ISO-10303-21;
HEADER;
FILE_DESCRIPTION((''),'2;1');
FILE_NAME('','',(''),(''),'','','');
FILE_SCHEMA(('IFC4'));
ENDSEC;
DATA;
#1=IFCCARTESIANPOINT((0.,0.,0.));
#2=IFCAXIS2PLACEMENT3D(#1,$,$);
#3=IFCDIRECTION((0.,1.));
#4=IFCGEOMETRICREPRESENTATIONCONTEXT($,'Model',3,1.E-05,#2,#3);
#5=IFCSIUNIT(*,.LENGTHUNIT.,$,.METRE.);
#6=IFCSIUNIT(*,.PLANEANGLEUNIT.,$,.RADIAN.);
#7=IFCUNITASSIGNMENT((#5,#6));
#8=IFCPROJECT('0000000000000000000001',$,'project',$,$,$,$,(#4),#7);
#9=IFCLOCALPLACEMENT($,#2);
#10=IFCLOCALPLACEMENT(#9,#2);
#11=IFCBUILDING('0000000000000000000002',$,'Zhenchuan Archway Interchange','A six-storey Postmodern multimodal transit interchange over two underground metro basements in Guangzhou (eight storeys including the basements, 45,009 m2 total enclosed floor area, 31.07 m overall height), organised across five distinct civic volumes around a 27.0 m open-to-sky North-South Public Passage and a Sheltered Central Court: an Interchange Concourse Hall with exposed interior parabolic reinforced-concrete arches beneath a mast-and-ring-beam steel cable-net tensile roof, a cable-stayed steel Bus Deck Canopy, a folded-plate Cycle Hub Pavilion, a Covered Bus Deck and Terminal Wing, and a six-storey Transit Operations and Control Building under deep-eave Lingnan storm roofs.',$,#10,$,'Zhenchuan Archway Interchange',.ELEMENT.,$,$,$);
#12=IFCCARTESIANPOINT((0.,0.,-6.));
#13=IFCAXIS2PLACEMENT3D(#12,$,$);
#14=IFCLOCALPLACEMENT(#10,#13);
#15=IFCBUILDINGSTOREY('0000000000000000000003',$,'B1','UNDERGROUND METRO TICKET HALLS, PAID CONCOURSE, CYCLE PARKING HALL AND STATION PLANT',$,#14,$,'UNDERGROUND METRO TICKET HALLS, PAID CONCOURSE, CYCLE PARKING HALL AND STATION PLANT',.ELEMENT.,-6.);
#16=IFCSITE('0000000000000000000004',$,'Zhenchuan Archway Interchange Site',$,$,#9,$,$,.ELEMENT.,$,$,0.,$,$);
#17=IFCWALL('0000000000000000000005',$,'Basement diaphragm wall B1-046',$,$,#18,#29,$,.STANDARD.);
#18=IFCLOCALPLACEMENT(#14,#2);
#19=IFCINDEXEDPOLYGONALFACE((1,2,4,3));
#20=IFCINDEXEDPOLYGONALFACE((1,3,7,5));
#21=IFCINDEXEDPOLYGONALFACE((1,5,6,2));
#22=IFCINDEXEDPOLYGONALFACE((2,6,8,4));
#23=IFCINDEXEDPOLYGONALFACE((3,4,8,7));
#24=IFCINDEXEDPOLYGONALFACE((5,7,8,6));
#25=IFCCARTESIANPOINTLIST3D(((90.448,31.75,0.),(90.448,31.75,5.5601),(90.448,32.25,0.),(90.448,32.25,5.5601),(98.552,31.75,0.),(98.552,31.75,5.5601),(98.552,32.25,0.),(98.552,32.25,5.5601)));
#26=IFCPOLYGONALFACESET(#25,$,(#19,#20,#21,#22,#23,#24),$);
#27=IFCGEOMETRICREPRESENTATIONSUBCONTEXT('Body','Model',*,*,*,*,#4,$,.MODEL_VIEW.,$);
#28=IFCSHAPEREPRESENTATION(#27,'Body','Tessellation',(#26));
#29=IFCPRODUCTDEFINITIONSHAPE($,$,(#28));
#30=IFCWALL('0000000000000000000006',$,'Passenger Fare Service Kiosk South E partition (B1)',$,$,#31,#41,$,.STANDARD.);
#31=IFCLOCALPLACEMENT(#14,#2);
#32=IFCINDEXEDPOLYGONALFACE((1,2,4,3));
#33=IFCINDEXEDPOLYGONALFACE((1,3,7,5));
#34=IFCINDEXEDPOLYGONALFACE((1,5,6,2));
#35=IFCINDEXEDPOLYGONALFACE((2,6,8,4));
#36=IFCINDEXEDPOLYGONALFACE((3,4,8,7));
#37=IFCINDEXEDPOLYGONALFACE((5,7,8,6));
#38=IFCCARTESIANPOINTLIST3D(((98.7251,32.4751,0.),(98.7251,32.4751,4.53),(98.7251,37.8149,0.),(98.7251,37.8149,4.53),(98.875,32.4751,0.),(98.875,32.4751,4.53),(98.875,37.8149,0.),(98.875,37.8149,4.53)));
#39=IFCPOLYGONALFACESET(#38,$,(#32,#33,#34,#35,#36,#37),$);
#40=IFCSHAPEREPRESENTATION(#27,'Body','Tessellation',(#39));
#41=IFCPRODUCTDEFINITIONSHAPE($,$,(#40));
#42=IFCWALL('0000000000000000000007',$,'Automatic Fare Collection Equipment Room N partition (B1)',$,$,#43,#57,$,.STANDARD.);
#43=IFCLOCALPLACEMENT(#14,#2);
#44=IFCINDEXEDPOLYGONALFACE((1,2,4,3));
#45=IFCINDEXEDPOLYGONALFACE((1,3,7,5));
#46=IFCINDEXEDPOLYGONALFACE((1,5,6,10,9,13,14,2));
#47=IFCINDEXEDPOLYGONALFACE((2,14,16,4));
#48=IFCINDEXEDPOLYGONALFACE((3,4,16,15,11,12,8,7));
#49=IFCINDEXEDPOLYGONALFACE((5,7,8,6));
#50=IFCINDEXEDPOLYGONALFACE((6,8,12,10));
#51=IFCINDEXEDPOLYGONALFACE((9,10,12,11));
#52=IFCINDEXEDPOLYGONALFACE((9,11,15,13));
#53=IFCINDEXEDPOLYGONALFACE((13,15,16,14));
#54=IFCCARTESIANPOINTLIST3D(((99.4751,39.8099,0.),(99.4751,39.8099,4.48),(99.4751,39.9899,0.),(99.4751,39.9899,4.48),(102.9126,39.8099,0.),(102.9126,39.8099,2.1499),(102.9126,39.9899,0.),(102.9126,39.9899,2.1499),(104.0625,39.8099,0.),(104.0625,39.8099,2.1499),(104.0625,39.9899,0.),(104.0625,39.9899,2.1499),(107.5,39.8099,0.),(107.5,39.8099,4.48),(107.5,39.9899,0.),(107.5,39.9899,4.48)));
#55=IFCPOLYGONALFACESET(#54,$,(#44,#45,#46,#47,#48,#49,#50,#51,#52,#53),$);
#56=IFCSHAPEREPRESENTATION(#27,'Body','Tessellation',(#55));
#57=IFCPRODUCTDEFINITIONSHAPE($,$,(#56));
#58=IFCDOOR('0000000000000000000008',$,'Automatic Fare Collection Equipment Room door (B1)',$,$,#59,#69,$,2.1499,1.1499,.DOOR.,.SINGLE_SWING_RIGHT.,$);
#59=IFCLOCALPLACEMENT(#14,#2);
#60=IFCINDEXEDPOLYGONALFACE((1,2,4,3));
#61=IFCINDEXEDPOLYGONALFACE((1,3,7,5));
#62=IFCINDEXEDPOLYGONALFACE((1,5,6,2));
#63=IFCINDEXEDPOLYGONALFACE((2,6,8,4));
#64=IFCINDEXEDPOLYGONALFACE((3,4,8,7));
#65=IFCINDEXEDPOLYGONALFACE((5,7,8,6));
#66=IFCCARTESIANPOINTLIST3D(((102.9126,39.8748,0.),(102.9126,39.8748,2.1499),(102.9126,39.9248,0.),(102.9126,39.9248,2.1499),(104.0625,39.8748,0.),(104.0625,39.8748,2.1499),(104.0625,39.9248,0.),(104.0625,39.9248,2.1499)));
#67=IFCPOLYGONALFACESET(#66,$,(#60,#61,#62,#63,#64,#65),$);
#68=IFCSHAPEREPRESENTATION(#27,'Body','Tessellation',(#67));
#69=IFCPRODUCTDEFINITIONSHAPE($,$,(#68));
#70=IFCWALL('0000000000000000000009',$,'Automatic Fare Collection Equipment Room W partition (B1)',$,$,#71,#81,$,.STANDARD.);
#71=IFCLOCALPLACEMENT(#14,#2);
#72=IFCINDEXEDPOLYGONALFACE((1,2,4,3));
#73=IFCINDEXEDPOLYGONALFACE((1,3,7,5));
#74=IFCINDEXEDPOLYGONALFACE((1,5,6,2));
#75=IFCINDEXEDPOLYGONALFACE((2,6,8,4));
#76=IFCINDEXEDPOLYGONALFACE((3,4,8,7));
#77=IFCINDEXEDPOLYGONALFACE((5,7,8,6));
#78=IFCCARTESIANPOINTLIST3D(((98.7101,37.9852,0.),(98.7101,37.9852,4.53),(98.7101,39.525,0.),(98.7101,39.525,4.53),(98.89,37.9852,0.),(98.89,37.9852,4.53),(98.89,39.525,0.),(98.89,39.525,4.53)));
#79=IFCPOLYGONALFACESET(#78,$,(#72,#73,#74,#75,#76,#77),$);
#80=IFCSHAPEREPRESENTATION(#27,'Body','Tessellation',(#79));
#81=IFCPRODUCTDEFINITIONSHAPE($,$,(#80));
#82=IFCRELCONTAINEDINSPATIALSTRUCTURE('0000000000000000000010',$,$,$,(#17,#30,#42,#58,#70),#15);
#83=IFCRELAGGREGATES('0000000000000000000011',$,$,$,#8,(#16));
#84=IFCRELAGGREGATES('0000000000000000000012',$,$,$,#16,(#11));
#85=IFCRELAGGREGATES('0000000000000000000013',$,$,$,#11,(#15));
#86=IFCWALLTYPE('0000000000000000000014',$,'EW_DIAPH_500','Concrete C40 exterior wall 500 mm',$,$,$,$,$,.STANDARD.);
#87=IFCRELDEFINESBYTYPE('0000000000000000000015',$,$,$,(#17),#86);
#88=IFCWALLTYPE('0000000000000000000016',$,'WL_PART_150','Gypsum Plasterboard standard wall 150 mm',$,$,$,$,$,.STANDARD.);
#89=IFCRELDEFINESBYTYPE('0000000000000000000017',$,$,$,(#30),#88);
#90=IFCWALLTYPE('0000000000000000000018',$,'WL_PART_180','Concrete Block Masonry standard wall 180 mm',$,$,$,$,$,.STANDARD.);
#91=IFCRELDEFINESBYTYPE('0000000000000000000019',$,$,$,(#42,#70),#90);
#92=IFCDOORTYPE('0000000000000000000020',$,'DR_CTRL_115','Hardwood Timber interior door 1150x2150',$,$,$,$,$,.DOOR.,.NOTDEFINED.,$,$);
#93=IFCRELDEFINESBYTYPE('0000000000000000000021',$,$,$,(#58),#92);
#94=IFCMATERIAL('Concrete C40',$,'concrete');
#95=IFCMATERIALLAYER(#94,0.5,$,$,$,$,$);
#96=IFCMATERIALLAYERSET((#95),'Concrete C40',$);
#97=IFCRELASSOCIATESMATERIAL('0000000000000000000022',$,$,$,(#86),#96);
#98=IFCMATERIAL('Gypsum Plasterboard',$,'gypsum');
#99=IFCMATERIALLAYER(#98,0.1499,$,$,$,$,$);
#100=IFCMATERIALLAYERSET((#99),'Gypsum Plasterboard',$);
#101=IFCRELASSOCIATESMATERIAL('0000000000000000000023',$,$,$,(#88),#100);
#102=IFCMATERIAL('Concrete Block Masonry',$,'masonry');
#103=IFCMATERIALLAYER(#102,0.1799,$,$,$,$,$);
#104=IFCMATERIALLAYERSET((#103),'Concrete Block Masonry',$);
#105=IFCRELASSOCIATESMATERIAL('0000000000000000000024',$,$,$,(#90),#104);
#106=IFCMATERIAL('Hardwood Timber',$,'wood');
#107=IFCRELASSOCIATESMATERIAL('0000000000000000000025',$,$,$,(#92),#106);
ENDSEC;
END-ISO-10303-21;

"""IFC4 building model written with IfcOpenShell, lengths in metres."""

from ifc_helpers import new_model, si_unit, direction, frame, frame_2d, origin, place, context, subcontext, project, spatial, rectangle, extrude, material, layer, layer_set, type_object, element, fill, save


model = new_model("IFC4")

# Units and contexts
model_context = context("Model", 3, precision=1e-05, world=origin(), true_north=direction((0.0, 1.0)))
body_context = subcontext(model_context, "Body", "Model", "MODEL_VIEW")
ifc_project = project(units=[si_unit("LENGTHUNIT", "METRE"), si_unit("PLANEANGLEUNIT", "RADIAN")], contexts=[model_context])

# Site, building, storey
site_placement = place(None, origin())
site = spatial("IfcSite", under=ifc_project, at=site_placement, Name="Zhenchuan Archway Interchange Site", CompositionType="ELEMENT", RefElevation=0.0)
building_placement = place(site_placement, origin())
building = spatial("IfcBuilding", under=site, at=building_placement, Name="Zhenchuan Archway Interchange", Description="A six-storey Postmodern multimodal transit interchange over two underground metro basements in Guangzhou (eight storeys including the basements, 45,009 m2 total enclosed floor area, 31.07 m overall height), organised across five distinct civic volumes around a 27.0 m open-to-sky North-South Public Passage and a Sheltered Central Court: an Interchange Concourse Hall with exposed interior parabolic reinforced-concrete arches beneath a mast-and-ring-beam steel cable-net tensile roof, a cable-stayed steel Bus Deck Canopy, a folded-plate Cycle Hub Pavilion, a Covered Bus Deck and Terminal Wing, and a six-storey Transit Operations and Control Building under deep-eave Lingnan storm roofs.", LongName="Zhenchuan Archway Interchange", CompositionType="ELEMENT")
storey_placement = place(building_placement, frame((0.0, 0.0, -6.0)))
storey = spatial("IfcBuildingStorey", under=building, at=storey_placement, Name="B1", Description="UNDERGROUND METRO TICKET HALLS, PAID CONCOURSE, CYCLE PARKING HALL AND STATION PLANT", LongName="UNDERGROUND METRO TICKET HALLS, PAID CONCOURSE, CYCLE PARKING HALL AND STATION PLANT", CompositionType="ELEMENT", Elevation=-6.0)

# Shared definitions
ifc_material_1 = material(Name="Concrete C40", Category="concrete")

# Walls
ifc_layer_1 = layer(ifc_material_1, 0.5)
ifc_layer_set_1 = layer_set([ifc_layer_1], Name="Concrete C40")
wall_type_1 = type_object("IfcWallType", Name="EW_DIAPH_500", Description="Concrete C40 exterior wall 500 mm", PredefinedType="STANDARD", material=ifc_layer_set_1)
wall_1_placement = place(storey_placement, frame((98.552, 32.0, 0.0), z_axis=(0.0, 0.0, 1.0), x_axis=(-1.0, 0.0, 0.0)))
element("IfcWall", 1, at=wall_1_placement, inside=storey, type_object=wall_type_1, Name="Basement diaphragm wall B1-046", PredefinedType="STANDARD", context=body_context, shape_type="SweptSolid", body=[
    extrude(rectangle(XDim=8.104, YDim=0.5, at=frame_2d((4.052, 0.0))), origin(), (0.0, 0.0, 1.0), 5.5601),
])
ifc_material_2 = material(Name="Gypsum Plasterboard", Category="gypsum")
ifc_layer_2 = layer(ifc_material_2, 0.1499)
ifc_layer_set_2 = layer_set([ifc_layer_2], Name="Gypsum Plasterboard")
wall_type_2 = type_object("IfcWallType", Name="WL_PART_150", Description="Gypsum Plasterboard standard wall 150 mm", PredefinedType="STANDARD", material=ifc_layer_set_2)
wall_2_placement = place(storey_placement, frame((98.8, 32.4751, 0.0), z_axis=(0.0, 0.0, 1.0), x_axis=(0.0, 1.0, 0.0)))
element("IfcWall", 2, at=wall_2_placement, inside=storey, type_object=wall_type_2, Name="Passenger Fare Service Kiosk South E partition (B1)", PredefinedType="STANDARD", context=body_context, shape_type="SweptSolid", body=[
    extrude(rectangle(XDim=5.3398, YDim=0.1499, at=frame_2d((2.6699, 0.0))), origin(), (0.0, 0.0, 1.0), 4.53),
])

# Wall, opening, door
ifc_material_3 = material(Name="Concrete Block Masonry", Category="masonry")
ifc_layer_3 = layer(ifc_material_3, 0.1799)
ifc_layer_set_3 = layer_set([ifc_layer_3], Name="Concrete Block Masonry")
wall_type_3 = type_object("IfcWallType", Name="WL_PART_180", Description="Concrete Block Masonry standard wall 180 mm", PredefinedType="STANDARD", material=ifc_layer_set_3)
wall_3_placement = place(storey_placement, frame((99.4751, 39.8999, 0.0), z_axis=(0.0, 0.0, 1.0), x_axis=(1.0, 0.0, 0.0)))
wall_3 = element("IfcWall", 3, at=wall_3_placement, inside=storey, type_object=wall_type_3, Name="Automatic Fare Collection Equipment Room N partition (B1)", PredefinedType="STANDARD", context=body_context, shape_type="SweptSolid", body=[
    extrude(rectangle(XDim=8.0249, YDim=0.1799, at=frame_2d((4.0125, 0.0))), origin(), (0.0, 0.0, 1.0), 4.48),
])
opening_placement = place(wall_3_placement, frame((3.4375, 0.0, 0.0)))
opening = element("IfcOpeningElement", 4, at=opening_placement, cuts=wall_3, PredefinedType="OPENING", context=body_context, shape_type="SweptSolid", body=[
    extrude(rectangle(XDim=1.1499, YDim=2.1499, at=frame_2d((0.575, 1.075))), frame((0.0, 0.1021, 0.0), z_axis=(0.0, -1.0, 0.0), x_axis=(1.0, 0.0, 0.0)), (0.0, 0.0, 1.0), 0.2039),
])
ifc_material_4 = material(Name="Hardwood Timber", Category="wood")
door_type = type_object("IfcDoorType", Name="DR_CTRL_115", Description="Hardwood Timber interior door 1150x2150", OperationType="NOTDEFINED", PredefinedType="DOOR", material=ifc_material_4)
door_placement = place(opening_placement, origin())
door = element("IfcDoor", 5, at=door_placement, inside=storey, type_object=door_type, Name="Automatic Fare Collection Equipment Room door (B1)", OperationType="SINGLE_SWING_RIGHT", OverallHeight=2.1499, OverallWidth=1.1499, PredefinedType="DOOR", context=body_context, shape_type="SweptSolid", body=[
    extrude(rectangle(XDim=1.1499, YDim=2.1499, at=frame_2d((0.575, 1.075))), frame((0.0, 0.0249, 0.0), z_axis=(0.0, -1.0, 0.0), x_axis=(1.0, 0.0, 0.0)), (0.0, 0.0, 1.0), 0.05),
])
fill(opening, door)

# Wall
wall_4_placement = place(storey_placement, frame((98.8, 37.9851, 0.0), z_axis=(0.0, 0.0, 1.0), x_axis=(0.0, 1.0, 0.0)))
element("IfcWall", 6, at=wall_4_placement, inside=storey, type_object=wall_type_3, Name="Automatic Fare Collection Equipment Room W partition (B1)", PredefinedType="STANDARD", context=body_context, shape_type="SweptSolid", body=[
    extrude(rectangle(XDim=1.5398, YDim=0.1799, at=frame_2d((0.77, 0.0))), origin(), (0.0, 0.0, 1.0), 4.53),
])

save(model, "model.ifc")
